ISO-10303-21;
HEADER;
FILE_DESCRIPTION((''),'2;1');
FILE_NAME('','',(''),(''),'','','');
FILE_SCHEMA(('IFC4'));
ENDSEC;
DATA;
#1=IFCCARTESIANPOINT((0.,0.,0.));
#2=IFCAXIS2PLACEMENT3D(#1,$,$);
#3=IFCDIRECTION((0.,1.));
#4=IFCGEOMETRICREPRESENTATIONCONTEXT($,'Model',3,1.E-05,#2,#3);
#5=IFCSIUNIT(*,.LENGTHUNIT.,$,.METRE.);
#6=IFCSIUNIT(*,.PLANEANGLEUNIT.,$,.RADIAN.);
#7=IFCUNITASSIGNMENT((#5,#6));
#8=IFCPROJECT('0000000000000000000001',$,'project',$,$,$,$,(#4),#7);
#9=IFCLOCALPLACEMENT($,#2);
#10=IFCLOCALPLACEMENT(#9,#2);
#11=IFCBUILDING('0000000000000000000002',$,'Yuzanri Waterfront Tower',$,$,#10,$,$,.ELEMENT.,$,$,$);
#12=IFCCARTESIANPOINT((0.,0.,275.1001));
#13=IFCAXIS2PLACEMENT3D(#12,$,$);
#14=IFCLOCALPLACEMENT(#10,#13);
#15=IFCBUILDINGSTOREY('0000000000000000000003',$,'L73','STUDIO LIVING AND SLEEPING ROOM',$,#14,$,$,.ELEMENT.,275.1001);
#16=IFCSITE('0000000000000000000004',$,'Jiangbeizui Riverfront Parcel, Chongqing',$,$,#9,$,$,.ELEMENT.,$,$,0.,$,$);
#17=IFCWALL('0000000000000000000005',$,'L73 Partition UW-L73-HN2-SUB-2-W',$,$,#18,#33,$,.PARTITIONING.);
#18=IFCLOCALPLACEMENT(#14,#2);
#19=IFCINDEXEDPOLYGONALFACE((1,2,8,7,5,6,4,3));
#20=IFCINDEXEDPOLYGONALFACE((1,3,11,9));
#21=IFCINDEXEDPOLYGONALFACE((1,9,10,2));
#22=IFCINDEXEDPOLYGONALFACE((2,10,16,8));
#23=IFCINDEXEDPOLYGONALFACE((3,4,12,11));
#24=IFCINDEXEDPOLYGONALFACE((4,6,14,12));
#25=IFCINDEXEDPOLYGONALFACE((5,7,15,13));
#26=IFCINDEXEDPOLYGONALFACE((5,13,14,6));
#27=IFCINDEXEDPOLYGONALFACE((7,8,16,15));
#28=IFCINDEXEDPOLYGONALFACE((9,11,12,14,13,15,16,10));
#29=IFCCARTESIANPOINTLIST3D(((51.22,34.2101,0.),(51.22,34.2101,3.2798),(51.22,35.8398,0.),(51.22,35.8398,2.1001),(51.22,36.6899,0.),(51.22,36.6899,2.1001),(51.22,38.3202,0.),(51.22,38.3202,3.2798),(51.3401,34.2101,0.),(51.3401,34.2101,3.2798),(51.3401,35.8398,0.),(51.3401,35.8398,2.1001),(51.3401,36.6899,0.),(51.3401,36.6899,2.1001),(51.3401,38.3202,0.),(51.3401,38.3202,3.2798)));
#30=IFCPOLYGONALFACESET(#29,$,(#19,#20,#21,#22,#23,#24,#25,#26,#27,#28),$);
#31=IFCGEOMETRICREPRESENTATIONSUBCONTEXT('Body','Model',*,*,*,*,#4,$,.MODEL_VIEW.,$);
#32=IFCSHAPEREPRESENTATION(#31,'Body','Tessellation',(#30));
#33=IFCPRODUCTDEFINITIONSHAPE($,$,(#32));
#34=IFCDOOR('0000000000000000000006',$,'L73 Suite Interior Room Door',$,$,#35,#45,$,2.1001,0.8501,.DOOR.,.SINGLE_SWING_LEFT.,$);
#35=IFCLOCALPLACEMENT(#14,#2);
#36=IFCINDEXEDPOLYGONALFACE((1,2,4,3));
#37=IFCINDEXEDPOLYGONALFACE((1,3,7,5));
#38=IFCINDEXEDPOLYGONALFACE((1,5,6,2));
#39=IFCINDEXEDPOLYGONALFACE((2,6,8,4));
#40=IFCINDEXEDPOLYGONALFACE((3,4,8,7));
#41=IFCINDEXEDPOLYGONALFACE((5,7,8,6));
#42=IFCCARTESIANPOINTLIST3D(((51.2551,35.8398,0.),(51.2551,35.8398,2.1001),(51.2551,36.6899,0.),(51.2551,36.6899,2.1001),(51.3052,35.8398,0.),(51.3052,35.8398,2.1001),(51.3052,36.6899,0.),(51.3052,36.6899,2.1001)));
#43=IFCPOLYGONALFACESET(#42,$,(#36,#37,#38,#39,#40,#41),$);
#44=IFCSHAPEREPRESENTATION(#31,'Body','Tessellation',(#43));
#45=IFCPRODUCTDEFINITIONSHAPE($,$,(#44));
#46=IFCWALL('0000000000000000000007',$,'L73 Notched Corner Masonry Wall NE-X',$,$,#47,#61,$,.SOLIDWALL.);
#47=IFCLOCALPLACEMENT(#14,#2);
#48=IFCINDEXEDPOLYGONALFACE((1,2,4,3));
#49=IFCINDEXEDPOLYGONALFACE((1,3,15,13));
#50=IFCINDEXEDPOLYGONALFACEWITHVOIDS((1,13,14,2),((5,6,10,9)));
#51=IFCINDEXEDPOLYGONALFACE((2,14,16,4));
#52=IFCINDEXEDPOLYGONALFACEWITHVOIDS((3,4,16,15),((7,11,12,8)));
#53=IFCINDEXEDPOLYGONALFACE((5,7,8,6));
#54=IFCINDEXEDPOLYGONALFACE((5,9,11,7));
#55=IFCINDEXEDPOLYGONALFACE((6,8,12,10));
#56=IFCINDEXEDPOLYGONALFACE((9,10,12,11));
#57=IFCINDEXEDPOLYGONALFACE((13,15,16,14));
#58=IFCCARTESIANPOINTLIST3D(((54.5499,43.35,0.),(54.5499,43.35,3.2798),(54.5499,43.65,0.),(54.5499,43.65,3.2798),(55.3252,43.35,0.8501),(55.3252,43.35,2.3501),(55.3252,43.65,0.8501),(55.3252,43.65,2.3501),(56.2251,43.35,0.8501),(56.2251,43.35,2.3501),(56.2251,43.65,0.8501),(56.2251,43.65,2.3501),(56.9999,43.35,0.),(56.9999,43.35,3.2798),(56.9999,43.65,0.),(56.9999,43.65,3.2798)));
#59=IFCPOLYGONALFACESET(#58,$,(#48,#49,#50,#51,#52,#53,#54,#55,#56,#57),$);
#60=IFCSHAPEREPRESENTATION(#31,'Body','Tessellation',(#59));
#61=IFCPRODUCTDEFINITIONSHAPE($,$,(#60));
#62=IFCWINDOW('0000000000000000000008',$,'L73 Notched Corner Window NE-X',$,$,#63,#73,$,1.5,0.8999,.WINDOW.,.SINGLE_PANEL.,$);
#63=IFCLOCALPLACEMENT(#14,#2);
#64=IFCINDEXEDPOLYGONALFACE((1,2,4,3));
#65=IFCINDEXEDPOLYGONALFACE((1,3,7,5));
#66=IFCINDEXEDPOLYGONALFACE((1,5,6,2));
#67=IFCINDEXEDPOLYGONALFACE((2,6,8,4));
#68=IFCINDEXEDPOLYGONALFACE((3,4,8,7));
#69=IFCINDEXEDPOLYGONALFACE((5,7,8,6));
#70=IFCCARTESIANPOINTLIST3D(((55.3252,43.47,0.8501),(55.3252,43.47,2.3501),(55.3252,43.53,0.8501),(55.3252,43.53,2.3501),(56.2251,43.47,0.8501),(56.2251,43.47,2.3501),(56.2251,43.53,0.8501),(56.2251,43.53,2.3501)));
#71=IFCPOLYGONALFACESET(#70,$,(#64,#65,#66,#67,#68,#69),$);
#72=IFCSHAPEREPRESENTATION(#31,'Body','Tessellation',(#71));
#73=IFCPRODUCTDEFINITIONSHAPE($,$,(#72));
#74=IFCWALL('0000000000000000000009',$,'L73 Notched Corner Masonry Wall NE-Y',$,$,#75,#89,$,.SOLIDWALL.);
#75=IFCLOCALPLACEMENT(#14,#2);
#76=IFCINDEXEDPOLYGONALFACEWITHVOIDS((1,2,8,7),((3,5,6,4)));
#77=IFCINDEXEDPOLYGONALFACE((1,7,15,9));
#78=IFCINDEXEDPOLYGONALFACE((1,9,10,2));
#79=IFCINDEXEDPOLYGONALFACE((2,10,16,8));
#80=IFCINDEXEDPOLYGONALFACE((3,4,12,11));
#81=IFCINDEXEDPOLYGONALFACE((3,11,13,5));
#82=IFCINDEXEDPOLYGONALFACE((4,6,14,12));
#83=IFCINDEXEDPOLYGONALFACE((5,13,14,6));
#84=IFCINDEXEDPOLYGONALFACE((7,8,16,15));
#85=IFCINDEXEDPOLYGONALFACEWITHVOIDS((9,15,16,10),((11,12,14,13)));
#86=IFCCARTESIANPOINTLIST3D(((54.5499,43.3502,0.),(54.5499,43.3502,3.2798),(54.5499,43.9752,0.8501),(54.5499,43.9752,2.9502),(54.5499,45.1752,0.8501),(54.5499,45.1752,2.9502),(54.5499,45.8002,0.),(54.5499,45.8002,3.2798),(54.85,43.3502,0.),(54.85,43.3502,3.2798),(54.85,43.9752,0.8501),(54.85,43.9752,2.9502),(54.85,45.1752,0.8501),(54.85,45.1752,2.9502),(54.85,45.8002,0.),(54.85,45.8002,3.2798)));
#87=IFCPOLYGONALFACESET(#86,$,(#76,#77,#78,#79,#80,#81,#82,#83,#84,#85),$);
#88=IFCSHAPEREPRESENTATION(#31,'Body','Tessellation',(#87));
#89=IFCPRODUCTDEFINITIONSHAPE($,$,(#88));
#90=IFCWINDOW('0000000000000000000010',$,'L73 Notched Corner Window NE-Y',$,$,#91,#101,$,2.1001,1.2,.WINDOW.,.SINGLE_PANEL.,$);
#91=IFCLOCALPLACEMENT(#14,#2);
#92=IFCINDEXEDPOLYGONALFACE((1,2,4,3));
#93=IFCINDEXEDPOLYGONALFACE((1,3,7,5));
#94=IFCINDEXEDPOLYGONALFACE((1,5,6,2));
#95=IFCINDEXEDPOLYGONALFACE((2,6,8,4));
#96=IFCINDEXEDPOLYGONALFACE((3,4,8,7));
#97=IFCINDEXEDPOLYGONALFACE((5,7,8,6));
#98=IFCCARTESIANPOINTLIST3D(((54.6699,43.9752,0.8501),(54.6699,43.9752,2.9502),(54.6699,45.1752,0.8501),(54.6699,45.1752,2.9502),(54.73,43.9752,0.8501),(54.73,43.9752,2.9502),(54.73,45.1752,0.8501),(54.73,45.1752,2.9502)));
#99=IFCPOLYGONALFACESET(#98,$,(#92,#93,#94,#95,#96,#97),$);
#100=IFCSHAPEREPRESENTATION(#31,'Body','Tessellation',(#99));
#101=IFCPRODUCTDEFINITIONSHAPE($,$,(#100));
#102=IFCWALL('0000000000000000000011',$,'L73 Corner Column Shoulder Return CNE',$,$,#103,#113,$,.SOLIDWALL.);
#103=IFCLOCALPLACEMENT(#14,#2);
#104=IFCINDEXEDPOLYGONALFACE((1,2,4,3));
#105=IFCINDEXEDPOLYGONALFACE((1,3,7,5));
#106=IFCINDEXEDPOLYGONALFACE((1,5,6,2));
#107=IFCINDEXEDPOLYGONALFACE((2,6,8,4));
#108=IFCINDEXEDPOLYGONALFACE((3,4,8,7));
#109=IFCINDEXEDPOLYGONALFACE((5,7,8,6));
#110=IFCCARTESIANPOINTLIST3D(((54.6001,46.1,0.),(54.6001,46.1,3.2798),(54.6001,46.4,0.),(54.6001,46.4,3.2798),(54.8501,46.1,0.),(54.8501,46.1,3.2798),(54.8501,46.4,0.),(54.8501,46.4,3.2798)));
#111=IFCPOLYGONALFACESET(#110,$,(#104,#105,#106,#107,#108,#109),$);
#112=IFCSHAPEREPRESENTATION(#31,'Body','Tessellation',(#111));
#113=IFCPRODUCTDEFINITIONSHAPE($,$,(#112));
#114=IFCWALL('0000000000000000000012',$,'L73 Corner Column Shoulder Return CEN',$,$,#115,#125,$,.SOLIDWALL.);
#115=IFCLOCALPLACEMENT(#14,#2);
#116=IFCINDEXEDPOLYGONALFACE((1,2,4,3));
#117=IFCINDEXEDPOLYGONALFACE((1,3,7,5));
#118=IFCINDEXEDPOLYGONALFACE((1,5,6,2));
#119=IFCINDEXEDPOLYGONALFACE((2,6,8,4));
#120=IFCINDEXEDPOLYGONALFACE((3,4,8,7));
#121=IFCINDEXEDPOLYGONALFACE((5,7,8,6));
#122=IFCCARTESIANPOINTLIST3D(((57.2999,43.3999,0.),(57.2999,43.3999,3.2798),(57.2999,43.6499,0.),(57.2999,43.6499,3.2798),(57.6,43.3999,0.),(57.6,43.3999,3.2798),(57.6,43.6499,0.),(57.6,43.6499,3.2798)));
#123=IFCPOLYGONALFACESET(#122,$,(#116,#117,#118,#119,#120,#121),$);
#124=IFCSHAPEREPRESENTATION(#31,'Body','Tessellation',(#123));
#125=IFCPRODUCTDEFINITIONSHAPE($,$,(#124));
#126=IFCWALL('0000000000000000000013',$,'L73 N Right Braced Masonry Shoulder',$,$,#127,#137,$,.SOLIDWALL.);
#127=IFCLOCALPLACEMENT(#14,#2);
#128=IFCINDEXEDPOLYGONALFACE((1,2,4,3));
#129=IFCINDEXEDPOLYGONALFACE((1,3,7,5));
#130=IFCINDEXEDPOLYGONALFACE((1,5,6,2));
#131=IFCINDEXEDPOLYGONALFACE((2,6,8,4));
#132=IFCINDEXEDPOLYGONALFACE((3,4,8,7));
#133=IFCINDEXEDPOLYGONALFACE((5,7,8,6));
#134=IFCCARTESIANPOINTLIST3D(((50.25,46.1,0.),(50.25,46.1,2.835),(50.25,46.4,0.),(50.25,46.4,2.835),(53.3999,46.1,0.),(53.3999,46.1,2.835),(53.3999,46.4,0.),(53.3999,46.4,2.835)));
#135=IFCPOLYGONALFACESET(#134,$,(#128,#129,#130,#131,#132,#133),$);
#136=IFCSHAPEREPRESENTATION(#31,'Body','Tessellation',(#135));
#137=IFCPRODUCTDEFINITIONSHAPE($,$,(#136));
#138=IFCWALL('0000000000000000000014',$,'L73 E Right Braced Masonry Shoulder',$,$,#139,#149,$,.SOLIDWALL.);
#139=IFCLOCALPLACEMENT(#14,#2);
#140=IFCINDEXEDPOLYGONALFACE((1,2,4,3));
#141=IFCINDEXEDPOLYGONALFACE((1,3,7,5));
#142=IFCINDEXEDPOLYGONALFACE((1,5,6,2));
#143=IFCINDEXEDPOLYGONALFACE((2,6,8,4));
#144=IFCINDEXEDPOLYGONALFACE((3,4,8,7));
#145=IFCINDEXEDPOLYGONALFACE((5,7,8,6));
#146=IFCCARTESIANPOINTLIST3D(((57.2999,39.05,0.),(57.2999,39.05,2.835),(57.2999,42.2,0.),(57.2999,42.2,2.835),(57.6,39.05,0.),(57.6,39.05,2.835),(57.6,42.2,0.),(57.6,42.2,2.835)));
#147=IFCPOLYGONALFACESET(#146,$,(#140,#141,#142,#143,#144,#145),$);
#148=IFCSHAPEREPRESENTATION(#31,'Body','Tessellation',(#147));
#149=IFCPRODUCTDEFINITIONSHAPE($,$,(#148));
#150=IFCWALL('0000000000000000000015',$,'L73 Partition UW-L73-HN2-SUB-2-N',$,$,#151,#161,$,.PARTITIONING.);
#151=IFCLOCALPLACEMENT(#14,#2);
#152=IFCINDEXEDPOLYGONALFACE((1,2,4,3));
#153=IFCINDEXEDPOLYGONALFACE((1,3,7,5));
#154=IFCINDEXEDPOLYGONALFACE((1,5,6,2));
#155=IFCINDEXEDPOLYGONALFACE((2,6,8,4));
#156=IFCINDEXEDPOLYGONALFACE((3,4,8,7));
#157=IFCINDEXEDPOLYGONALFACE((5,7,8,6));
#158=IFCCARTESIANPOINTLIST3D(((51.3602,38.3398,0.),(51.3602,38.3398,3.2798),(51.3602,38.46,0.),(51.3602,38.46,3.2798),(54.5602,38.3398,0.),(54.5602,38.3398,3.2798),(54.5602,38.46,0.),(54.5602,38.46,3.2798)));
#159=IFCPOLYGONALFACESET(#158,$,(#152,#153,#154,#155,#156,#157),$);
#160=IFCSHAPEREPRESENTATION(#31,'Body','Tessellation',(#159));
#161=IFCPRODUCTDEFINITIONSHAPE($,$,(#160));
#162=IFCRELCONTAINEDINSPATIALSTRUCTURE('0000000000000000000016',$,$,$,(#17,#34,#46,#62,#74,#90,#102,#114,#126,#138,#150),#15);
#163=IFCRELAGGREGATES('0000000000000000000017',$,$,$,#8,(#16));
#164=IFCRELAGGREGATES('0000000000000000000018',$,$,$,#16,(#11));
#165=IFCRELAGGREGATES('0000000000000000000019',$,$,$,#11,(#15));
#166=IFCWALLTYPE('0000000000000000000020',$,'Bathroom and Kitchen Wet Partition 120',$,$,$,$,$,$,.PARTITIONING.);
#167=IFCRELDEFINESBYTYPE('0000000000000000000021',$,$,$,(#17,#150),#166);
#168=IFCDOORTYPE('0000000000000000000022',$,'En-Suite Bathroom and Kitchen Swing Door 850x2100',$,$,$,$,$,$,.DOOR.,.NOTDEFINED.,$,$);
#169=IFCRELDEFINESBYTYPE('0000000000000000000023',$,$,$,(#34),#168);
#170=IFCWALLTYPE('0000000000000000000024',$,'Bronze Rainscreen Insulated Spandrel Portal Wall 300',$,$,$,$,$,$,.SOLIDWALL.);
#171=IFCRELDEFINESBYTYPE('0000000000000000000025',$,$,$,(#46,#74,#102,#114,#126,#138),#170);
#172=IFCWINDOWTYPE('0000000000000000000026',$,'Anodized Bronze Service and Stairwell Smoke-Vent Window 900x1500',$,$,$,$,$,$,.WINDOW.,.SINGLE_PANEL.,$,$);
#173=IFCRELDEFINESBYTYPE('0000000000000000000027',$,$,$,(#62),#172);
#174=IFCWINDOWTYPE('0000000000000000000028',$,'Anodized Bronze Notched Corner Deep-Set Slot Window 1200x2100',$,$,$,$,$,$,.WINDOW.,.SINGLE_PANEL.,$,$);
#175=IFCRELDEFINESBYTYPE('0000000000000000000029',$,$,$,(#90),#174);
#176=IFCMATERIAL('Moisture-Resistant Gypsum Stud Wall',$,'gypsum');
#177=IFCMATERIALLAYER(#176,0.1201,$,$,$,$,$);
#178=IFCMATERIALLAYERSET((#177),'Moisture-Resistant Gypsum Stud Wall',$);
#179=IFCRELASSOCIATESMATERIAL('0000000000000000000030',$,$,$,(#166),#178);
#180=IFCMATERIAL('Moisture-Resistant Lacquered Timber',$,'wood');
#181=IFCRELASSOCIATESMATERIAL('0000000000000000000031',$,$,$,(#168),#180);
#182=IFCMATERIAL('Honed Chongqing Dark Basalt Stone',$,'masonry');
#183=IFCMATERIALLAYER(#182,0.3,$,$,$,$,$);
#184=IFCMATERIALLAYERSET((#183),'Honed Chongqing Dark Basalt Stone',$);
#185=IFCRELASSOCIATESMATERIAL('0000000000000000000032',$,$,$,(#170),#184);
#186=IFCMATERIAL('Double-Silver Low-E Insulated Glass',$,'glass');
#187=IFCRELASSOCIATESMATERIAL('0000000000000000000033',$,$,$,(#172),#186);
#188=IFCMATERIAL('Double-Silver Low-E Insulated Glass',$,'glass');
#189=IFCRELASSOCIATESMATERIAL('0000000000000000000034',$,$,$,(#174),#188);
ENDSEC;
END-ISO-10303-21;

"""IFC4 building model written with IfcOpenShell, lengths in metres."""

from ifc_helpers import new_model, si_unit, direction, frame, frame_2d, origin, place, context, subcontext, project, spatial, rectangle, extrude, source, transform, mapped, material, layer, layer_set, type_object, element, fill, save


model = new_model("IFC4")

# Units and contexts
model_context = context("Model", 3, precision=1e-05, world=origin(), true_north=direction((0.0, 1.0)))
body_context = subcontext(model_context, "Body", "Model", "MODEL_VIEW")
ifc_project = project(units=[si_unit("LENGTHUNIT", "METRE"), si_unit("PLANEANGLEUNIT", "RADIAN")], contexts=[model_context])

# Site, building, storey
site_placement = place(None, origin())
site = spatial("IfcSite", under=ifc_project, at=site_placement, Name="Jiangbeizui Riverfront Parcel, Chongqing", CompositionType="ELEMENT", RefElevation=0.0)
building_placement = place(site_placement, origin())
building = spatial("IfcBuilding", under=site, at=building_placement, Name="Yuzanri Waterfront Tower", CompositionType="ELEMENT")
storey_placement = place(building_placement, frame((0.0, 0.0, 275.1001)))
storey = spatial("IfcBuildingStorey", under=building, at=storey_placement, Name="L73", Description="STUDIO LIVING AND SLEEPING ROOM", CompositionType="ELEMENT", Elevation=275.1001)

# Wall, opening, door
ifc_material_1 = material(Name="Moisture-Resistant Gypsum Stud Wall", Category="gypsum")
ifc_layer_1 = layer(ifc_material_1, 0.1201)
ifc_layer_set_1 = layer_set([ifc_layer_1], Name="Moisture-Resistant Gypsum Stud Wall")
wall_type_1 = type_object("IfcWallType", Name="Bathroom and Kitchen Wet Partition 120", PredefinedType="PARTITIONING", material=ifc_layer_set_1)
wall_1_placement = place(storey_placement, frame((51.28, 34.21, 0.0), z_axis=(0.0, 0.0, 1.0), x_axis=(0.0, 1.0, 0.0)))
wall_1 = element("IfcWall", 1, at=wall_1_placement, inside=storey, type_object=wall_type_1, Name="L73 Partition UW-L73-HN2-SUB-2-W", PredefinedType="PARTITIONING", context=body_context, shape_type="SweptSolid", body=[
    extrude(rectangle(XDim=4.1101, YDim=0.1201, at=frame_2d((2.0552, 0.0))), origin(), (0.0, 0.0, 1.0), 3.2798),
])
opening_1_placement = place(wall_1_placement, frame((1.6299, 0.0, 0.0)))
opening_1 = element("IfcOpeningElement", 2, at=opening_1_placement, cuts=wall_1, PredefinedType="OPENING", context=body_context, shape_type="SweptSolid", body=[
    extrude(rectangle(XDim=0.8501, YDim=2.1001, at=frame_2d((0.425, 1.05))), frame((0.0, 0.075, 0.0), z_axis=(0.0, -1.0, 0.0), x_axis=(1.0, 0.0, 0.0)), (0.0, 0.0, 1.0), 0.1499),
])
ifc_material_2 = material(Name="Moisture-Resistant Lacquered Timber", Category="wood")
door_type = type_object("IfcDoorType", Name="En-Suite Bathroom and Kitchen Swing Door 850x2100", OperationType="NOTDEFINED", PredefinedType="DOOR", material=ifc_material_2)
shared_shape_1 = source(origin(), body_context, "Body", "SweptSolid", [
    extrude(rectangle(XDim=0.8501, YDim=2.1001, at=frame_2d((0.425, 1.05))), frame((0.0, 0.0249, 0.0), z_axis=(0.0, -1.0, 0.0), x_axis=(1.0, 0.0, 0.0)), (0.0, 0.0, 1.0), 0.05),
])
door_placement = place(opening_1_placement, origin())
door = element("IfcDoor", 3, at=door_placement, inside=storey, type_object=door_type, Name="L73 Suite Interior Room Door", OperationType="SINGLE_SWING_LEFT", OverallHeight=2.1001, OverallWidth=0.8501, PredefinedType="DOOR", context=body_context, shape_type="MappedRepresentation", body=[
    mapped(shared_shape_1, transform((0.0, 0.0, 0.0), scale=1.0)),
])
fill(opening_1, door)

# Walls, openings, windows
ifc_material_3 = material(Name="Honed Chongqing Dark Basalt Stone", Category="masonry")
ifc_layer_2 = layer(ifc_material_3, 0.3)
ifc_layer_set_2 = layer_set([ifc_layer_2], Name="Honed Chongqing Dark Basalt Stone")
wall_type_2 = type_object("IfcWallType", Name="Bronze Rainscreen Insulated Spandrel Portal Wall 300", PredefinedType="SOLIDWALL", material=ifc_layer_set_2)
wall_2_placement = place(storey_placement, frame((57.0, 43.5, 0.0), z_axis=(0.0, 0.0, 1.0), x_axis=(-1.0, 0.0, 0.0)))
wall_2 = element("IfcWall", 4, at=wall_2_placement, inside=storey, type_object=wall_type_2, Name="L73 Notched Corner Masonry Wall NE-X", PredefinedType="SOLIDWALL", context=body_context, shape_type="SweptSolid", body=[
    extrude(rectangle(XDim=2.45, YDim=0.3, at=frame_2d((1.2251, 0.0))), origin(), (0.0, 0.0, 1.0), 3.2798),
])
opening_2_placement = place(wall_2_placement, frame((0.7749, 0.0, 0.8501)))
opening_2 = element("IfcOpeningElement", 5, at=opening_2_placement, cuts=wall_2, PredefinedType="OPENING", context=body_context, shape_type="SweptSolid", body=[
    extrude(rectangle(XDim=0.8999, YDim=1.5, at=frame_2d((0.45, 0.75))), frame((0.0, 0.165, 0.0), z_axis=(0.0, -1.0, 0.0), x_axis=(1.0, 0.0, 0.0)), (0.0, 0.0, 1.0), 0.3298),
])
ifc_material_4 = material(Name="Double-Silver Low-E Insulated Glass", Category="glass")
window_type_1 = type_object("IfcWindowType", Name="Anodized Bronze Service and Stairwell Smoke-Vent Window 900x1500", PartitioningType="SINGLE_PANEL", PredefinedType="WINDOW", material=ifc_material_4)
shared_shape_2 = source(origin(), body_context, "Body", "SweptSolid", [
    extrude(rectangle(XDim=0.8999, YDim=1.5, at=frame_2d((0.45, 0.75))), frame((0.0, 0.03, 0.0), z_axis=(0.0, -1.0, 0.0), x_axis=(1.0, 0.0, 0.0)), (0.0, 0.0, 1.0), 0.0601),
])
window_1_placement = place(opening_2_placement, origin())
window_1 = element("IfcWindow", 6, at=window_1_placement, inside=storey, type_object=window_type_1, Name="L73 Notched Corner Window NE-X", OverallHeight=1.5, OverallWidth=0.8999, PartitioningType="SINGLE_PANEL", PredefinedType="WINDOW", context=body_context, shape_type="MappedRepresentation", body=[
    mapped(shared_shape_2, transform((0.0, 0.0, 0.0), scale=1.0)),
])
fill(opening_2, window_1)
wall_3_placement = place(storey_placement, frame((54.7, 43.3501, 0.0), z_axis=(0.0, 0.0, 1.0), x_axis=(0.0, 1.0, 0.0)))
wall_3 = element("IfcWall", 7, at=wall_3_placement, inside=storey, type_object=wall_type_2, Name="L73 Notched Corner Masonry Wall NE-Y", PredefinedType="SOLIDWALL", context=body_context, shape_type="SweptSolid", body=[
    extrude(rectangle(XDim=2.45, YDim=0.3, at=frame_2d((1.2251, 0.0))), origin(), (0.0, 0.0, 1.0), 3.2798),
])
opening_3_placement = place(wall_3_placement, frame((0.625, 0.0, 0.8501)))
opening_3 = element("IfcOpeningElement", 8, at=opening_3_placement, cuts=wall_3, PredefinedType="OPENING", context=body_context, shape_type="SweptSolid", body=[
    extrude(rectangle(XDim=1.2, YDim=2.1001, at=frame_2d((0.6001, 1.05))), frame((0.0, 0.165, 0.0), z_axis=(0.0, -1.0, 0.0), x_axis=(1.0, 0.0, 0.0)), (0.0, 0.0, 1.0), 0.3298),
])
ifc_material_5 = material(Name="Double-Silver Low-E Insulated Glass", Category="glass")
window_type_2 = type_object("IfcWindowType", Name="Anodized Bronze Notched Corner Deep-Set Slot Window 1200x2100", PartitioningType="SINGLE_PANEL", PredefinedType="WINDOW", material=ifc_material_5)
shared_shape_3 = source(origin(), body_context, "Body", "SweptSolid", [
    extrude(rectangle(XDim=1.2, YDim=2.1001, at=frame_2d((0.6001, 1.05))), frame((0.0, 0.03, 0.0), z_axis=(0.0, -1.0, 0.0), x_axis=(1.0, 0.0, 0.0)), (0.0, 0.0, 1.0), 0.0601),
])
window_2_placement = place(opening_3_placement, origin())
window_2 = element("IfcWindow", 9, at=window_2_placement, inside=storey, type_object=window_type_2, Name="L73 Notched Corner Window NE-Y", OverallHeight=2.1001, OverallWidth=1.2, PartitioningType="SINGLE_PANEL", PredefinedType="WINDOW", context=body_context, shape_type="MappedRepresentation", body=[
    mapped(shared_shape_3, transform((0.0, 0.0, 0.0), scale=1.0)),
])
fill(opening_3, window_2)

# Walls
shared_shape_4 = source(origin(), body_context, "Body", "SweptSolid", [
    extrude(rectangle(XDim=0.25, YDim=0.3, at=frame_2d((0.125, 0.0))), origin(), (0.0, 0.0, 1.0), 3.2798),
])
for number, where, z_axis, x_axis, name in (
    (10, (54.6001, 46.25, 0.0), (0.0, 0.0, 1.0), (1.0, 0.0, 0.0), "L73 Corner Column Shoulder Return CNE"),
    (11, (57.45, 43.3999, 0.0), (0.0, 0.0, 1.0), (0.0, 1.0, 0.0), "L73 Corner Column Shoulder Return CEN"),
):
    element("IfcWall", number, at=place(storey_placement, frame(where, z_axis=z_axis, x_axis=x_axis)), inside=storey, type_object=wall_type_2, Name=name, PredefinedType="SOLIDWALL", context=body_context, shape_type="MappedRepresentation", body=[
        mapped(shared_shape_4, transform((0.0, 0.0, 0.0), scale=1.0)),
    ])
shared_shape_5 = source(origin(), body_context, "Body", "SweptSolid", [
    extrude(rectangle(XDim=3.1499, YDim=0.3, at=frame_2d((1.575, 0.0))), origin(), (0.0, 0.0, 1.0), 2.835),
])
for number, where, z_axis, x_axis, name in (
    (12, (50.25, 46.25, 0.0), (0.0, 0.0, 1.0), (1.0, 0.0, 0.0), "L73 N Right Braced Masonry Shoulder"),
    (13, (57.45, 39.05, 0.0), (0.0, 0.0, 1.0), (0.0, 1.0, 0.0), "L73 E Right Braced Masonry Shoulder"),
):
    element("IfcWall", number, at=place(storey_placement, frame(where, z_axis=z_axis, x_axis=x_axis)), inside=storey, type_object=wall_type_2, Name=name, PredefinedType="SOLIDWALL", context=body_context, shape_type="MappedRepresentation", body=[
        mapped(shared_shape_5, transform((0.0, 0.0, 0.0), scale=1.0)),
    ])
shared_shape_6 = source(origin(), body_context, "Body", "SweptSolid", [
    extrude(rectangle(XDim=3.2, YDim=0.1201, at=frame_2d((1.6001, 0.0))), origin(), (0.0, 0.0, 1.0), 3.2798),
])
wall_4_placement = place(storey_placement, frame((51.3601, 38.3999, 0.0), z_axis=(0.0, 0.0, 1.0), x_axis=(1.0, 0.0, 0.0)))
element("IfcWall", 14, at=wall_4_placement, inside=storey, type_object=wall_type_1, Name="L73 Partition UW-L73-HN2-SUB-2-N", PredefinedType="PARTITIONING", context=body_context, shape_type="MappedRepresentation", body=[
    mapped(shared_shape_6, transform((0.0, 0.0, 0.0), scale=1.0)),
])

save(model, "model.ifc")
